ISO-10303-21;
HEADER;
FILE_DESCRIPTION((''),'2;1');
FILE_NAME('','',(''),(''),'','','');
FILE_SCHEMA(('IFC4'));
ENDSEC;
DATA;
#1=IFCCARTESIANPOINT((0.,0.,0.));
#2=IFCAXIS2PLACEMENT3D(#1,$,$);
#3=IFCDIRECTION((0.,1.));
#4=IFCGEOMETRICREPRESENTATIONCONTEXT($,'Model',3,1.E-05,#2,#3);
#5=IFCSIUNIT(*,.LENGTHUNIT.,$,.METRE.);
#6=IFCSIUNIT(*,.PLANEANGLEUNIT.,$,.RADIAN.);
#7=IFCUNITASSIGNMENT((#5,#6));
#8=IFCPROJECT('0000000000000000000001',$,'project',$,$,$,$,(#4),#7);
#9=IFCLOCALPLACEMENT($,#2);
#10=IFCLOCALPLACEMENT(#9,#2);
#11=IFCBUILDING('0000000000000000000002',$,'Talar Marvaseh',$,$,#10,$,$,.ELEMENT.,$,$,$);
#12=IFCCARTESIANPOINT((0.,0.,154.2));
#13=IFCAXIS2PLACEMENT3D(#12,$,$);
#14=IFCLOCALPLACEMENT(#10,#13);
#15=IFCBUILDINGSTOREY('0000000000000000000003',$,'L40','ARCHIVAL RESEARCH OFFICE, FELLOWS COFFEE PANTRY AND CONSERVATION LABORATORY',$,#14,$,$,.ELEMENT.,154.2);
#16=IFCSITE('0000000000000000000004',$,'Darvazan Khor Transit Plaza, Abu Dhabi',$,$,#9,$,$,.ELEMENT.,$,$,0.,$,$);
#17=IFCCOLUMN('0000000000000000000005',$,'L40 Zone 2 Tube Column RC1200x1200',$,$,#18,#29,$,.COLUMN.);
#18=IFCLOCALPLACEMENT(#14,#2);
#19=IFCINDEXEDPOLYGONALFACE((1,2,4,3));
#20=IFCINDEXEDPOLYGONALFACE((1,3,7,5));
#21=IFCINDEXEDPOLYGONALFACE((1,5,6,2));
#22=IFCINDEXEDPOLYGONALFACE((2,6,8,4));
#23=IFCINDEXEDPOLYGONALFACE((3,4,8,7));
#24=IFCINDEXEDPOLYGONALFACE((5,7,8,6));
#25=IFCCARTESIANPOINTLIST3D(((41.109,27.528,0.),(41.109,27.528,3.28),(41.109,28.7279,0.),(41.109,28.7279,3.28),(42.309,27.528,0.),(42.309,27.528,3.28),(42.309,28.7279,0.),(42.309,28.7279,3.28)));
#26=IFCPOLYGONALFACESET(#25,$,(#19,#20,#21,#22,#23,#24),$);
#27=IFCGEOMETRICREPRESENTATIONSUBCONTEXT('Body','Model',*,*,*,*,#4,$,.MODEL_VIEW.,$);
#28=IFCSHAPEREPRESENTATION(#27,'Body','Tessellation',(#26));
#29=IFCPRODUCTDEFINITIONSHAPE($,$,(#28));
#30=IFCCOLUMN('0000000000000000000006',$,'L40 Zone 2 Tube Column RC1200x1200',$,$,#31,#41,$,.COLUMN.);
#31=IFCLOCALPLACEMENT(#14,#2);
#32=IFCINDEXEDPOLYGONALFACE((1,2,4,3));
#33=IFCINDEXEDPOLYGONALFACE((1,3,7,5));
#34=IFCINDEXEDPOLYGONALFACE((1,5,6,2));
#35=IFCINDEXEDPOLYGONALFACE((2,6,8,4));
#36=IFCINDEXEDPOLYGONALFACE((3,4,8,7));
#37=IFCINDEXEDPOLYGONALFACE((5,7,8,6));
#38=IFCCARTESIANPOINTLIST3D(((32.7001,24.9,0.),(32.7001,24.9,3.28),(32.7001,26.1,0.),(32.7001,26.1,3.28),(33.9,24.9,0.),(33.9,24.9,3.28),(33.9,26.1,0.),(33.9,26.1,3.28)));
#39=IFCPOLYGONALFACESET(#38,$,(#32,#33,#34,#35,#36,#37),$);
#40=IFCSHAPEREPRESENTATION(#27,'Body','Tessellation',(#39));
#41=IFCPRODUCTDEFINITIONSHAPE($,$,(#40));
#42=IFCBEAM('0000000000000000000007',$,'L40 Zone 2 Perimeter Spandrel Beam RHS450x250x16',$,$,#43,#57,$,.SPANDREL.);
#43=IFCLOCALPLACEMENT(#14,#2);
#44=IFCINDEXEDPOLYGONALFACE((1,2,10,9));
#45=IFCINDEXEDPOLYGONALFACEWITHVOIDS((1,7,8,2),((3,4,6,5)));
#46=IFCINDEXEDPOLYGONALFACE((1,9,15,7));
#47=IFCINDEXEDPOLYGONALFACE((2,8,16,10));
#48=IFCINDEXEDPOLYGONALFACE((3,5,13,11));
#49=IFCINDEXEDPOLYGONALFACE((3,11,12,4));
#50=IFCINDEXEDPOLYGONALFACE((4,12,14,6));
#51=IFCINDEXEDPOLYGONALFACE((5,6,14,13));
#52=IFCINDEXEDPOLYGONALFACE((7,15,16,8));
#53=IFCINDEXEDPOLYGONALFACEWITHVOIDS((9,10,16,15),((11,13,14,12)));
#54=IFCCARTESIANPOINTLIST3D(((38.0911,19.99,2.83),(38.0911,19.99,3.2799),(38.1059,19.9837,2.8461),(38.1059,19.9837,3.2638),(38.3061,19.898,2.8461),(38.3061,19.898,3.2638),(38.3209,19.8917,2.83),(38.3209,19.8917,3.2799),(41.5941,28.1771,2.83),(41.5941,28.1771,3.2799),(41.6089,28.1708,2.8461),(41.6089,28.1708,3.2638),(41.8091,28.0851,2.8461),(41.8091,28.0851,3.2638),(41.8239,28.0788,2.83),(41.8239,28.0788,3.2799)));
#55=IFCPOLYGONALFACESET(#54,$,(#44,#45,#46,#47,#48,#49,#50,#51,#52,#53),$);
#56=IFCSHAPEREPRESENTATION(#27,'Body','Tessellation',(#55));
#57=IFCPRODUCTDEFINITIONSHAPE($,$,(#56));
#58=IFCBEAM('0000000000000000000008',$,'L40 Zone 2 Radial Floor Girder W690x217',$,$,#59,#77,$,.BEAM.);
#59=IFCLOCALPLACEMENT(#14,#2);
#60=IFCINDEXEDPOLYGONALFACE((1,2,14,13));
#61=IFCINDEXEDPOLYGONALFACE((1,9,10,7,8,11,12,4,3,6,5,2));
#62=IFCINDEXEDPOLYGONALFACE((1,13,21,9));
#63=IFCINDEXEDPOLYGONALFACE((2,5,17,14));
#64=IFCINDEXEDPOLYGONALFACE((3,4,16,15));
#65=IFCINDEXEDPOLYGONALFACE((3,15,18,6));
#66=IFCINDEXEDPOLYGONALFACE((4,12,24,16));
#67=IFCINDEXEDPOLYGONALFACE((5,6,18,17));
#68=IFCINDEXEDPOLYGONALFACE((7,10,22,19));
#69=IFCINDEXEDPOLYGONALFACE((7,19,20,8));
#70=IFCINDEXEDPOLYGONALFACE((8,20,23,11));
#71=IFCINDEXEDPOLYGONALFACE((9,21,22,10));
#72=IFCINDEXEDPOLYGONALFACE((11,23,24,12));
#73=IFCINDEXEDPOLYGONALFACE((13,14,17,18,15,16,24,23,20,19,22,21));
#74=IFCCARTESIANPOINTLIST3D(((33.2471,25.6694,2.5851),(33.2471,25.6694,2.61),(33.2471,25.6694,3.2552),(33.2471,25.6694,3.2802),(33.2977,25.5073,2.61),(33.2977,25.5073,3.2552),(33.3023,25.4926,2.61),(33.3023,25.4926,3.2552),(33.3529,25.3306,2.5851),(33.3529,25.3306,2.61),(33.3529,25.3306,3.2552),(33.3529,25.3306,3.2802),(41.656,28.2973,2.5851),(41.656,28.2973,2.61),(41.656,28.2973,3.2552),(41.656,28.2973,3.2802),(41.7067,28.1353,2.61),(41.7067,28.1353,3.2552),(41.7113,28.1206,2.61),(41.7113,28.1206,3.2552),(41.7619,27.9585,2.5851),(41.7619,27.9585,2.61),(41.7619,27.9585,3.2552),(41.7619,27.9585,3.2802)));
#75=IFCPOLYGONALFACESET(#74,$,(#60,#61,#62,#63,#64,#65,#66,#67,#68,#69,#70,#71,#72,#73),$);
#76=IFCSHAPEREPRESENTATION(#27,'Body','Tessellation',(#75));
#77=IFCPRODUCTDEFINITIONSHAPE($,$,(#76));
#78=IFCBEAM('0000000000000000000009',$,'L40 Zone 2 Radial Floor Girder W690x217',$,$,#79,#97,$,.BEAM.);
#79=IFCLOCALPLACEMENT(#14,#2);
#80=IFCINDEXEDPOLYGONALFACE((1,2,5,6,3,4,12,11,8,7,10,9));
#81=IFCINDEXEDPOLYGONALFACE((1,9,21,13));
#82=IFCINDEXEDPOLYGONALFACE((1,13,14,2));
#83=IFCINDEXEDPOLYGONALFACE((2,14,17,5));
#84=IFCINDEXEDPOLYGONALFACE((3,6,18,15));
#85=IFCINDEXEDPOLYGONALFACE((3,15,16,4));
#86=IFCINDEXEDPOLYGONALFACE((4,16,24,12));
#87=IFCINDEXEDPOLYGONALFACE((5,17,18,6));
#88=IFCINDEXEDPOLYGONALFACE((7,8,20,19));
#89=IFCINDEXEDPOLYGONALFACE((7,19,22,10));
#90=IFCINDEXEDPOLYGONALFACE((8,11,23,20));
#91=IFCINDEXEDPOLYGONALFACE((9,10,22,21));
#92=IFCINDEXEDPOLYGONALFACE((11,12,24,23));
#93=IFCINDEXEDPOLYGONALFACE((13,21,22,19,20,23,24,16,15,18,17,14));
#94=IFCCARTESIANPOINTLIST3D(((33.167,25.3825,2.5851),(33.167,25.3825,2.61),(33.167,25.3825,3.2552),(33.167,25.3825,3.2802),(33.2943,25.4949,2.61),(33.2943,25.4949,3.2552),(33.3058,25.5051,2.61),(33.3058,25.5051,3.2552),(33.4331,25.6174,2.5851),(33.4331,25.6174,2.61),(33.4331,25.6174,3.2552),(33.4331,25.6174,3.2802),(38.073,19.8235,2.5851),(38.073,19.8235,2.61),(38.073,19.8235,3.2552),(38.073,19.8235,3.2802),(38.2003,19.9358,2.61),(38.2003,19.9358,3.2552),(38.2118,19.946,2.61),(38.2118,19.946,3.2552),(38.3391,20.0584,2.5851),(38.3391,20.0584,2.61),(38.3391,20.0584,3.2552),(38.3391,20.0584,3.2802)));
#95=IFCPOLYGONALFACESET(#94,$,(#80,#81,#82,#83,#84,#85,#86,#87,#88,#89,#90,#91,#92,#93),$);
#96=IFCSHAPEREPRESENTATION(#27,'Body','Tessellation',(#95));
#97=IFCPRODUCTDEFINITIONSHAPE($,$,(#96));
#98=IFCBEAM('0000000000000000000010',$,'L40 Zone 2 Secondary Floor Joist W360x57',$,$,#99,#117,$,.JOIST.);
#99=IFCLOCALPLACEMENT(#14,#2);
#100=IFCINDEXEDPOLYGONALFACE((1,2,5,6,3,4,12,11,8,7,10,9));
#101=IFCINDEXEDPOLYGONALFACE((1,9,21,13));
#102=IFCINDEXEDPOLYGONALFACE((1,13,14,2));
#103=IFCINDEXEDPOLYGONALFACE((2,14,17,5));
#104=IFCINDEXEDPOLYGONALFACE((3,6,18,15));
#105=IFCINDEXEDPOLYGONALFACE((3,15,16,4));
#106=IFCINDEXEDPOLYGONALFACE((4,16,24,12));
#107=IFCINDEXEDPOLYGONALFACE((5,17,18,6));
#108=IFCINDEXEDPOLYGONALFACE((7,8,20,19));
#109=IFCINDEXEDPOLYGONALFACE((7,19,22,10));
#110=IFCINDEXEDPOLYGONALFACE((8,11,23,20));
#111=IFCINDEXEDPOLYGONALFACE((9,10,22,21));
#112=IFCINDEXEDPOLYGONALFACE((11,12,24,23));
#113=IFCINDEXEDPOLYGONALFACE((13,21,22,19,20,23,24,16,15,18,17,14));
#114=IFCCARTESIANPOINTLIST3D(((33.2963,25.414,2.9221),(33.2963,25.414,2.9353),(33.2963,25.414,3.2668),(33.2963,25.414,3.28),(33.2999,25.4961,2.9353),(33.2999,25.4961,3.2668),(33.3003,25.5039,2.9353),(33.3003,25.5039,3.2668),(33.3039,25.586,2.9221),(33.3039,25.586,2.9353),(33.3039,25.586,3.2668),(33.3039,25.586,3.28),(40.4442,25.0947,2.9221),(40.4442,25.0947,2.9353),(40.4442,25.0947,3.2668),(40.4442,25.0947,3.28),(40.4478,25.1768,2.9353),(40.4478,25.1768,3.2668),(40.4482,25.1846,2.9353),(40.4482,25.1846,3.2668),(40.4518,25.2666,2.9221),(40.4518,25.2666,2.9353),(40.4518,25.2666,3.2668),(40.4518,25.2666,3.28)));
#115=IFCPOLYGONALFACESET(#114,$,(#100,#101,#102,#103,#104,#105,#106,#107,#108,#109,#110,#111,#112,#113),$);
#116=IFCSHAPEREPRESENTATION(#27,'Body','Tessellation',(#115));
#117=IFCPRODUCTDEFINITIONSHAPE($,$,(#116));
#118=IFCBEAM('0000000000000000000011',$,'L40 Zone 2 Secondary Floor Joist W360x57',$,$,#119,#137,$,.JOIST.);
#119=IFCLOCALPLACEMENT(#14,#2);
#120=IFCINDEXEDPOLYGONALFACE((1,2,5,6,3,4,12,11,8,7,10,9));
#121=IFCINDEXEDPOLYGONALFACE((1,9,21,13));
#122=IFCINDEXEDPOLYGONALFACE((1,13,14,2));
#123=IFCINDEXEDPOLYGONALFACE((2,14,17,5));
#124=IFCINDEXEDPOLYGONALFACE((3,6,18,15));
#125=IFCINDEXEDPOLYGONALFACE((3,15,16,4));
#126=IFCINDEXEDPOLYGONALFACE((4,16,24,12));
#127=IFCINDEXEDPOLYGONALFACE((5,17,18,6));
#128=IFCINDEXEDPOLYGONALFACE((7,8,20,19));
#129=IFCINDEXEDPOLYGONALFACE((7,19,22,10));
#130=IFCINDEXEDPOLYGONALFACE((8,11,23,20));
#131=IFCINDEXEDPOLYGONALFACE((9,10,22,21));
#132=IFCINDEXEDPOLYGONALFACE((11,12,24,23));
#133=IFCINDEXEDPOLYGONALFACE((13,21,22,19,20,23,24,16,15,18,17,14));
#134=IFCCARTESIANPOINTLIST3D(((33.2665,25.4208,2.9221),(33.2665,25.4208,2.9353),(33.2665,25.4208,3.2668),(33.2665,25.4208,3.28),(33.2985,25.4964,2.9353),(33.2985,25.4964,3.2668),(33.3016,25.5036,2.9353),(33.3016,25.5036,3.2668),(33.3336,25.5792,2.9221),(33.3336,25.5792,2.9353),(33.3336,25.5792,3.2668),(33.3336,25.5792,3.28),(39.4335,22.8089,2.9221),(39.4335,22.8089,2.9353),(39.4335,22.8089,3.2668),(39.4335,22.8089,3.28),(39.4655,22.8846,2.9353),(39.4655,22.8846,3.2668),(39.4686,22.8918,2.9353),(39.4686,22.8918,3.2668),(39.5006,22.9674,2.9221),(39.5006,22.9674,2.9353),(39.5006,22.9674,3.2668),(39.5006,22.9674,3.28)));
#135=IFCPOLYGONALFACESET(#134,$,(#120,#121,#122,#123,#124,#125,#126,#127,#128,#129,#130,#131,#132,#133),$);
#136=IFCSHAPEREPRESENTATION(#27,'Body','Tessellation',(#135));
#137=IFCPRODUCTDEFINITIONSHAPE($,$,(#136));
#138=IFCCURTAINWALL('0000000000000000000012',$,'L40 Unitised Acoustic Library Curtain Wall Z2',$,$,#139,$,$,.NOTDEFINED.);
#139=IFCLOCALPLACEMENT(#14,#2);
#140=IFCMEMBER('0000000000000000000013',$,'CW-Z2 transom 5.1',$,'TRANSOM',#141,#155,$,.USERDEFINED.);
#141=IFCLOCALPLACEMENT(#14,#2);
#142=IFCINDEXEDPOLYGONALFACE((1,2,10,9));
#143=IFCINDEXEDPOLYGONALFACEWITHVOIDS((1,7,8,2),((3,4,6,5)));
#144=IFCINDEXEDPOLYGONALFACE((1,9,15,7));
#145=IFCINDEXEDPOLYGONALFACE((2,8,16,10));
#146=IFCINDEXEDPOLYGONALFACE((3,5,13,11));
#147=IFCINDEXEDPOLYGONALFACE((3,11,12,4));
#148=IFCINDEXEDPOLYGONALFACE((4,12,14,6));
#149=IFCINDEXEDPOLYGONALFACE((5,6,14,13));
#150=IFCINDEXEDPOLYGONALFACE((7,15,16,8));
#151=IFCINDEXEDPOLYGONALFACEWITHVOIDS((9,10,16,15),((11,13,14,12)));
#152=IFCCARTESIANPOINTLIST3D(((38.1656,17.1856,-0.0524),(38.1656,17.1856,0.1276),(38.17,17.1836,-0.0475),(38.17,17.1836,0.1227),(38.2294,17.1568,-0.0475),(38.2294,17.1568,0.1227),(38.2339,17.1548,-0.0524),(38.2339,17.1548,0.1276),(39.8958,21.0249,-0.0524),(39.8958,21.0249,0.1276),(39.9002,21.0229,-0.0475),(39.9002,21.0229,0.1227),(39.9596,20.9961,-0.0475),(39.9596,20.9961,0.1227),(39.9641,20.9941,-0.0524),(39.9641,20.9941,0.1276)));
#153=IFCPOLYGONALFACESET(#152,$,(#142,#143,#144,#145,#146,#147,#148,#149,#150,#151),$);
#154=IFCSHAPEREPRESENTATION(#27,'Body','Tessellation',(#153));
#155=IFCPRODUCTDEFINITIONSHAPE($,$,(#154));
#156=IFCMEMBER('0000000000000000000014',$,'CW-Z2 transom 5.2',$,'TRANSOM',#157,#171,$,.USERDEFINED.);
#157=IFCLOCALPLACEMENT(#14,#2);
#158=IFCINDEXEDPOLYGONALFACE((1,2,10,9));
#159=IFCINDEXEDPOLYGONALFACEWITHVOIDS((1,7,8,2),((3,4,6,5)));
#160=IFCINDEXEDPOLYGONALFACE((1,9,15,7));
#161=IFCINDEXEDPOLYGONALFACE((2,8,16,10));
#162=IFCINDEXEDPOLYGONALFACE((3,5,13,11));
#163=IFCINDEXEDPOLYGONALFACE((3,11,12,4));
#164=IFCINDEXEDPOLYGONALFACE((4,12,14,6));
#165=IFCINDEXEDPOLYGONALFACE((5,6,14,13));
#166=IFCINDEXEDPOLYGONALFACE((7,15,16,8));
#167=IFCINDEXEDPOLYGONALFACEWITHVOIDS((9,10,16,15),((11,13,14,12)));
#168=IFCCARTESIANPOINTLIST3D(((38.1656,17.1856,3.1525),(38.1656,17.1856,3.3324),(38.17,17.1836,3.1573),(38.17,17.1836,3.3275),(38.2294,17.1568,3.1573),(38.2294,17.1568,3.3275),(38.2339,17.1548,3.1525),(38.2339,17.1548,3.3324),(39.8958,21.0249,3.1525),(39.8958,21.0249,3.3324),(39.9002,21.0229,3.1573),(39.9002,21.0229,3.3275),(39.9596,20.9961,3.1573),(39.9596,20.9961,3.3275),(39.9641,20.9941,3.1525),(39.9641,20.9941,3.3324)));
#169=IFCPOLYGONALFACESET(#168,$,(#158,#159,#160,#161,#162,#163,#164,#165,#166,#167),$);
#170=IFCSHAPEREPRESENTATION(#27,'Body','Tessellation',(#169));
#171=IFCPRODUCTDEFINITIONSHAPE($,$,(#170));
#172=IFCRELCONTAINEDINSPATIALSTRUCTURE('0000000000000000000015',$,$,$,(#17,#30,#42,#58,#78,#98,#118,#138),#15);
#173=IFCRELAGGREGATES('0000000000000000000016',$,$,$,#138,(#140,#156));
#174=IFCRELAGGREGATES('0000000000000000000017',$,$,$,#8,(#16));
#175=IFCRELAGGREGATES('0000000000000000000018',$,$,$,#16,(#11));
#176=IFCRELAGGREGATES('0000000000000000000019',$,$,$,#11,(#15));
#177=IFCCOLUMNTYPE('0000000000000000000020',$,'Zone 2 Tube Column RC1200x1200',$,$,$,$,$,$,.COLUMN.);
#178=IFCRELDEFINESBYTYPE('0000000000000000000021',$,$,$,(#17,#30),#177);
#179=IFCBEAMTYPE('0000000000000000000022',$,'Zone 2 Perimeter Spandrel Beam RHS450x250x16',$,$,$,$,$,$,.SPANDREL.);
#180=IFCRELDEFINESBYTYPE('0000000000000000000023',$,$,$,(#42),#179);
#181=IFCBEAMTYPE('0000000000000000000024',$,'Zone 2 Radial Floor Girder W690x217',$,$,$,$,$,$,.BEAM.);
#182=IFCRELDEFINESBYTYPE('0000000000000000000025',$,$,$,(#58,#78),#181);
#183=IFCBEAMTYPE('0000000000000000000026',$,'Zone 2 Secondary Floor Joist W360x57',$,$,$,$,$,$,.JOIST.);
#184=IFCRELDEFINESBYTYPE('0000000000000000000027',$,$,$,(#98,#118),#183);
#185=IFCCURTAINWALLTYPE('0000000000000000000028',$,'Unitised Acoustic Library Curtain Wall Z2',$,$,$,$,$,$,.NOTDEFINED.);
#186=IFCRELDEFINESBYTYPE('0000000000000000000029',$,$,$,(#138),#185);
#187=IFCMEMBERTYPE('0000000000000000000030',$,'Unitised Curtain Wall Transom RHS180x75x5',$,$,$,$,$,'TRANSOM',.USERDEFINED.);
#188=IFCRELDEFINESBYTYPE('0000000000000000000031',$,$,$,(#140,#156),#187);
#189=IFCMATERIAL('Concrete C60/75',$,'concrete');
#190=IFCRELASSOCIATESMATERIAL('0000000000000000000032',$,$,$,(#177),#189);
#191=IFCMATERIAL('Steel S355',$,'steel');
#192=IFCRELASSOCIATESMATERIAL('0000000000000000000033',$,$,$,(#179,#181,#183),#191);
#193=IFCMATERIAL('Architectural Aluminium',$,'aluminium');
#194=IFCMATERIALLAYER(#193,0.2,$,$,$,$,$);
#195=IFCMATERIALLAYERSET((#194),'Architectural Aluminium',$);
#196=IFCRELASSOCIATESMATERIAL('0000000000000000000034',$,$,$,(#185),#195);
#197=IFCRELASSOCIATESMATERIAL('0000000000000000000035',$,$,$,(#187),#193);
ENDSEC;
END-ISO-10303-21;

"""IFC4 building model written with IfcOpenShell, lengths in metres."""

from ifc_helpers import new_model, si_unit, direction, frame, origin, origin_2d, place, context, subcontext, project, spatial, rectangle, hollow_rectangle, i_section, extrude, source, transform, mapped, material, layer, layer_set, material_profile, profile_set, type_object, element, aggregate, save


model = new_model("IFC4")

# Units and contexts
model_context = context("Model", 3, precision=1e-05, world=origin(), true_north=direction((0.0, 1.0)))
body_context = subcontext(model_context, "Body", "Model", "MODEL_VIEW")
ifc_project = project(units=[si_unit("LENGTHUNIT", "METRE"), si_unit("PLANEANGLEUNIT", "RADIAN")], contexts=[model_context])

# Site, building, storey
site_placement = place(None, origin())
site = spatial("IfcSite", under=ifc_project, at=site_placement, Name="Darvazan Khor Transit Plaza, Abu Dhabi", CompositionType="ELEMENT", RefElevation=0.0)
building_placement = place(site_placement, origin())
building = spatial("IfcBuilding", under=site, at=building_placement, Name="Talar Marvaseh", CompositionType="ELEMENT")
storey_placement = place(building_placement, frame((0.0, 0.0, 154.2)))
storey = spatial("IfcBuildingStorey", under=building, at=storey_placement, Name="L40", Description="ARCHIVAL RESEARCH OFFICE, FELLOWS COFFEE PANTRY AND CONSERVATION LABORATORY", CompositionType="ELEMENT", Elevation=154.2)

# Columns
ifc_material_1 = material(Name="Concrete C60/75", Category="concrete")
ifc_material_profile_1 = material_profile(ifc_material_1, rectangle(XDim=1.2, YDim=1.2, at=origin_2d()), Name="RC1200x1200")
ifc_profile_set_1 = profile_set([ifc_material_profile_1], Name="Concrete C60/75")
column_type = type_object("IfcColumnType", Name="Zone 2 Tube Column RC1200x1200", PredefinedType="COLUMN", material=ifc_profile_set_1)
for number, where, z_axis, x_axis, name in (
    (1, (41.709, 28.1279, 0.0), (0.0, 0.0, 1.0), (1.0, 0.0, 0.0), "L40 Zone 2 Tube Column RC1200x1200"),
    (2, (33.3, 25.5, 0.0), (0.0, 0.0, 1.0), (1.0, 0.0, 0.0), "L40 Zone 2 Tube Column RC1200x1200"),
):
    element("IfcColumn", number, at=place(storey_placement, frame(where, z_axis=z_axis, x_axis=x_axis)), inside=storey, type_object=column_type, Name=name, PredefinedType="COLUMN", context=body_context, shape_type="SweptSolid", body=[
        extrude(rectangle(XDim=1.2, YDim=1.2, at=origin_2d()), origin(), (0.0, 0.0, 1.0), 3.28),
    ])

# Beams
ifc_material_2 = material(Name="Steel S355", Category="steel")
ifc_material_profile_2 = material_profile(ifc_material_2, hollow_rectangle(XDim=0.25, YDim=0.45, WallThickness=0.0161, at=origin_2d()), Name="RHS450x250x16")
ifc_profile_set_2 = profile_set([ifc_material_profile_2], Name="Steel S355")
beam_type_1 = type_object("IfcBeamType", Name="Zone 2 Perimeter Spandrel Beam RHS450x250x16", PredefinedType="SPANDREL", material=ifc_profile_set_2)
beam_1_placement = place(storey_placement, frame((41.709, 28.1279, 3.0549), z_axis=(-0.39337, -0.91938, 0.0), x_axis=(0.91938, -0.39337, 0.0)))
element("IfcBeam", 3, at=beam_1_placement, inside=storey, type_object=beam_type_1, Name="L40 Zone 2 Perimeter Spandrel Beam RHS450x250x16", PredefinedType="SPANDREL", context=body_context, shape_type="SweptSolid", body=[
    extrude(hollow_rectangle(XDim=0.25, YDim=0.45, WallThickness=0.0161, at=origin_2d()), origin(), (0.0, 0.0, 1.0), 8.905),
])
ifc_material_profile_3 = material_profile(ifc_material_2, i_section(OverallWidth=0.355, OverallDepth=0.6951, WebThickness=0.0154, FlangeThickness=0.0249, at=origin_2d()), Name="W690x217")
ifc_profile_set_3 = profile_set([ifc_material_profile_3], Name="Steel S355")
beam_type_2 = type_object("IfcBeamType", Name="Zone 2 Radial Floor Girder W690x217", PredefinedType="BEAM", material=ifc_profile_set_3)
beam_2_placement = place(storey_placement, frame((41.709, 28.1279, 2.9326), z_axis=(-0.954476, -0.298289, 0.0), x_axis=(0.298289, -0.954476, 0.0)))
element("IfcBeam", 4, at=beam_2_placement, inside=storey, type_object=beam_type_2, Name="L40 Zone 2 Radial Floor Girder W690x217", PredefinedType="BEAM", context=body_context, shape_type="SweptSolid", body=[
    extrude(i_section(OverallWidth=0.355, OverallDepth=0.6951, WebThickness=0.0154, FlangeThickness=0.0249, at=origin_2d()), origin(), (0.0, 0.0, 1.0), 8.8101),
])
beam_3_placement = place(storey_placement, frame((38.2061, 19.9409, 2.9326), z_axis=(-0.661692, 0.749775, 0.0), x_axis=(-0.749775, -0.661692, 0.0)))
element("IfcBeam", 5, at=beam_3_placement, inside=storey, type_object=beam_type_2, Name="L40 Zone 2 Radial Floor Girder W690x217", PredefinedType="BEAM", context=body_context, shape_type="SweptSolid", body=[
    extrude(i_section(OverallWidth=0.355, OverallDepth=0.6951, WebThickness=0.0154, FlangeThickness=0.0249, at=origin_2d()), origin(), (0.0, 0.0, 1.0), 7.4143),
])
ifc_material_profile_4 = material_profile(ifc_material_2, i_section(OverallWidth=0.1721, OverallDepth=0.3579, WebThickness=0.0078, FlangeThickness=0.0132, at=origin_2d()), Name="W360x57")
ifc_profile_set_4 = profile_set([ifc_material_profile_4], Name="Steel S355")
beam_type_3 = type_object("IfcBeamType", Name="Zone 2 Secondary Floor Joist W360x57", PredefinedType="JOIST", material=ifc_profile_set_4)
beam_4_placement = place(storey_placement, frame((40.448, 25.1807, 3.1011), z_axis=(-0.999004, 0.044631, 0.0), x_axis=(-0.044631, -0.999004, 0.0)))
element("IfcBeam", 6, at=beam_4_placement, inside=storey, type_object=beam_type_3, Name="L40 Zone 2 Secondary Floor Joist W360x57", PredefinedType="JOIST", context=body_context, shape_type="SweptSolid", body=[
    extrude(i_section(OverallWidth=0.1721, OverallDepth=0.3579, WebThickness=0.0078, FlangeThickness=0.0132, at=origin_2d()), origin(), (0.0, 0.0, 1.0), 7.155),
])
beam_5_placement = place(storey_placement, frame((39.467, 22.8882, 3.1011), z_axis=(-0.920822, 0.389982, 0.0), x_axis=(-0.389982, -0.920822, 0.0)))
element("IfcBeam", 7, at=beam_5_placement, inside=storey, type_object=beam_type_3, Name="L40 Zone 2 Secondary Floor Joist W360x57", PredefinedType="JOIST", context=body_context, shape_type="SweptSolid", body=[
    extrude(i_section(OverallWidth=0.1721, OverallDepth=0.3579, WebThickness=0.0078, FlangeThickness=0.0132, at=origin_2d()), origin(), (0.0, 0.0, 1.0), 6.6973),
])

# Curtain wall, members
ifc_material_3 = material(Name="Architectural Aluminium", Category="aluminium")
ifc_layer_1 = layer(ifc_material_3, 0.2)
ifc_layer_set_1 = layer_set([ifc_layer_1], Name="Architectural Aluminium")
curtain_wall_type = type_object("IfcCurtainWallType", Name="Unitised Acoustic Library Curtain Wall Z2", PredefinedType="NOTDEFINED", material=ifc_layer_set_1)
curtain_wall_placement = place(storey_placement, origin())
curtain_wall = element("IfcCurtainWall", 8, at=curtain_wall_placement, inside=storey, type_object=curtain_wall_type, Name="L40 Unitised Acoustic Library Curtain Wall Z2", PredefinedType="NOTDEFINED")
ifc_material_profile_5 = material_profile(ifc_material_3, hollow_rectangle(XDim=0.075, YDim=0.1799, WallThickness=0.0049, at=origin_2d()), Name="RHS180x75x5")
ifc_profile_set_5 = profile_set([ifc_material_profile_5], Name="Architectural Aluminium")
member_type_1 = type_object("IfcMemberType", Name="Unitised Curtain Wall Transom RHS180x75x5", ElementType="TRANSOM", PredefinedType="USERDEFINED", material=ifc_profile_set_5)
shared_shape_1 = source(origin(), body_context, "Body", "SweptSolid", [
    extrude(hollow_rectangle(XDim=0.075, YDim=0.1799, WallThickness=0.0049, at=origin_2d()), origin(), (0.0, 0.0, 1.0), 4.2112),
])
member_1_placement = place(storey_placement, frame((39.9299, 21.0095, 0.0376), z_axis=(-0.410861, -0.911698, 0.0), x_axis=(0.911698, -0.410861, 0.0)))
member_1 = element("IfcMember", 9, at=member_1_placement, type_object=member_type_1, Name="CW-Z2 transom 5.1", ObjectType="TRANSOM", PredefinedType="USERDEFINED", context=body_context, shape_type="MappedRepresentation", body=[
    mapped(shared_shape_1, transform((0.0, 0.0, 0.0), x_axis=(1.0, 0.0, 0.0), y_axis=(0.0, 1.0, 0.0), z_axis=(0.0, 0.0, 1.0), scale=1.0)),
])
member_2_placement = place(storey_placement, frame((39.9299, 21.0095, 3.2424), z_axis=(-0.410861, -0.911698, 0.0), x_axis=(0.911698, -0.410861, 0.0)))
member_2 = element("IfcMember", 10, at=member_2_placement, type_object=member_type_1, Name="CW-Z2 transom 5.2", ObjectType="TRANSOM", PredefinedType="USERDEFINED", context=body_context, shape_type="MappedRepresentation", body=[
    mapped(shared_shape_1, transform((0.0, 0.0, 0.0), x_axis=(1.0, 0.0, 0.0), y_axis=(0.0, 1.0, 0.0), z_axis=(0.0, 0.0, 1.0), scale=1.0)),
])
aggregate(curtain_wall, [member_1, member_2])

save(model, "model.ifc")
